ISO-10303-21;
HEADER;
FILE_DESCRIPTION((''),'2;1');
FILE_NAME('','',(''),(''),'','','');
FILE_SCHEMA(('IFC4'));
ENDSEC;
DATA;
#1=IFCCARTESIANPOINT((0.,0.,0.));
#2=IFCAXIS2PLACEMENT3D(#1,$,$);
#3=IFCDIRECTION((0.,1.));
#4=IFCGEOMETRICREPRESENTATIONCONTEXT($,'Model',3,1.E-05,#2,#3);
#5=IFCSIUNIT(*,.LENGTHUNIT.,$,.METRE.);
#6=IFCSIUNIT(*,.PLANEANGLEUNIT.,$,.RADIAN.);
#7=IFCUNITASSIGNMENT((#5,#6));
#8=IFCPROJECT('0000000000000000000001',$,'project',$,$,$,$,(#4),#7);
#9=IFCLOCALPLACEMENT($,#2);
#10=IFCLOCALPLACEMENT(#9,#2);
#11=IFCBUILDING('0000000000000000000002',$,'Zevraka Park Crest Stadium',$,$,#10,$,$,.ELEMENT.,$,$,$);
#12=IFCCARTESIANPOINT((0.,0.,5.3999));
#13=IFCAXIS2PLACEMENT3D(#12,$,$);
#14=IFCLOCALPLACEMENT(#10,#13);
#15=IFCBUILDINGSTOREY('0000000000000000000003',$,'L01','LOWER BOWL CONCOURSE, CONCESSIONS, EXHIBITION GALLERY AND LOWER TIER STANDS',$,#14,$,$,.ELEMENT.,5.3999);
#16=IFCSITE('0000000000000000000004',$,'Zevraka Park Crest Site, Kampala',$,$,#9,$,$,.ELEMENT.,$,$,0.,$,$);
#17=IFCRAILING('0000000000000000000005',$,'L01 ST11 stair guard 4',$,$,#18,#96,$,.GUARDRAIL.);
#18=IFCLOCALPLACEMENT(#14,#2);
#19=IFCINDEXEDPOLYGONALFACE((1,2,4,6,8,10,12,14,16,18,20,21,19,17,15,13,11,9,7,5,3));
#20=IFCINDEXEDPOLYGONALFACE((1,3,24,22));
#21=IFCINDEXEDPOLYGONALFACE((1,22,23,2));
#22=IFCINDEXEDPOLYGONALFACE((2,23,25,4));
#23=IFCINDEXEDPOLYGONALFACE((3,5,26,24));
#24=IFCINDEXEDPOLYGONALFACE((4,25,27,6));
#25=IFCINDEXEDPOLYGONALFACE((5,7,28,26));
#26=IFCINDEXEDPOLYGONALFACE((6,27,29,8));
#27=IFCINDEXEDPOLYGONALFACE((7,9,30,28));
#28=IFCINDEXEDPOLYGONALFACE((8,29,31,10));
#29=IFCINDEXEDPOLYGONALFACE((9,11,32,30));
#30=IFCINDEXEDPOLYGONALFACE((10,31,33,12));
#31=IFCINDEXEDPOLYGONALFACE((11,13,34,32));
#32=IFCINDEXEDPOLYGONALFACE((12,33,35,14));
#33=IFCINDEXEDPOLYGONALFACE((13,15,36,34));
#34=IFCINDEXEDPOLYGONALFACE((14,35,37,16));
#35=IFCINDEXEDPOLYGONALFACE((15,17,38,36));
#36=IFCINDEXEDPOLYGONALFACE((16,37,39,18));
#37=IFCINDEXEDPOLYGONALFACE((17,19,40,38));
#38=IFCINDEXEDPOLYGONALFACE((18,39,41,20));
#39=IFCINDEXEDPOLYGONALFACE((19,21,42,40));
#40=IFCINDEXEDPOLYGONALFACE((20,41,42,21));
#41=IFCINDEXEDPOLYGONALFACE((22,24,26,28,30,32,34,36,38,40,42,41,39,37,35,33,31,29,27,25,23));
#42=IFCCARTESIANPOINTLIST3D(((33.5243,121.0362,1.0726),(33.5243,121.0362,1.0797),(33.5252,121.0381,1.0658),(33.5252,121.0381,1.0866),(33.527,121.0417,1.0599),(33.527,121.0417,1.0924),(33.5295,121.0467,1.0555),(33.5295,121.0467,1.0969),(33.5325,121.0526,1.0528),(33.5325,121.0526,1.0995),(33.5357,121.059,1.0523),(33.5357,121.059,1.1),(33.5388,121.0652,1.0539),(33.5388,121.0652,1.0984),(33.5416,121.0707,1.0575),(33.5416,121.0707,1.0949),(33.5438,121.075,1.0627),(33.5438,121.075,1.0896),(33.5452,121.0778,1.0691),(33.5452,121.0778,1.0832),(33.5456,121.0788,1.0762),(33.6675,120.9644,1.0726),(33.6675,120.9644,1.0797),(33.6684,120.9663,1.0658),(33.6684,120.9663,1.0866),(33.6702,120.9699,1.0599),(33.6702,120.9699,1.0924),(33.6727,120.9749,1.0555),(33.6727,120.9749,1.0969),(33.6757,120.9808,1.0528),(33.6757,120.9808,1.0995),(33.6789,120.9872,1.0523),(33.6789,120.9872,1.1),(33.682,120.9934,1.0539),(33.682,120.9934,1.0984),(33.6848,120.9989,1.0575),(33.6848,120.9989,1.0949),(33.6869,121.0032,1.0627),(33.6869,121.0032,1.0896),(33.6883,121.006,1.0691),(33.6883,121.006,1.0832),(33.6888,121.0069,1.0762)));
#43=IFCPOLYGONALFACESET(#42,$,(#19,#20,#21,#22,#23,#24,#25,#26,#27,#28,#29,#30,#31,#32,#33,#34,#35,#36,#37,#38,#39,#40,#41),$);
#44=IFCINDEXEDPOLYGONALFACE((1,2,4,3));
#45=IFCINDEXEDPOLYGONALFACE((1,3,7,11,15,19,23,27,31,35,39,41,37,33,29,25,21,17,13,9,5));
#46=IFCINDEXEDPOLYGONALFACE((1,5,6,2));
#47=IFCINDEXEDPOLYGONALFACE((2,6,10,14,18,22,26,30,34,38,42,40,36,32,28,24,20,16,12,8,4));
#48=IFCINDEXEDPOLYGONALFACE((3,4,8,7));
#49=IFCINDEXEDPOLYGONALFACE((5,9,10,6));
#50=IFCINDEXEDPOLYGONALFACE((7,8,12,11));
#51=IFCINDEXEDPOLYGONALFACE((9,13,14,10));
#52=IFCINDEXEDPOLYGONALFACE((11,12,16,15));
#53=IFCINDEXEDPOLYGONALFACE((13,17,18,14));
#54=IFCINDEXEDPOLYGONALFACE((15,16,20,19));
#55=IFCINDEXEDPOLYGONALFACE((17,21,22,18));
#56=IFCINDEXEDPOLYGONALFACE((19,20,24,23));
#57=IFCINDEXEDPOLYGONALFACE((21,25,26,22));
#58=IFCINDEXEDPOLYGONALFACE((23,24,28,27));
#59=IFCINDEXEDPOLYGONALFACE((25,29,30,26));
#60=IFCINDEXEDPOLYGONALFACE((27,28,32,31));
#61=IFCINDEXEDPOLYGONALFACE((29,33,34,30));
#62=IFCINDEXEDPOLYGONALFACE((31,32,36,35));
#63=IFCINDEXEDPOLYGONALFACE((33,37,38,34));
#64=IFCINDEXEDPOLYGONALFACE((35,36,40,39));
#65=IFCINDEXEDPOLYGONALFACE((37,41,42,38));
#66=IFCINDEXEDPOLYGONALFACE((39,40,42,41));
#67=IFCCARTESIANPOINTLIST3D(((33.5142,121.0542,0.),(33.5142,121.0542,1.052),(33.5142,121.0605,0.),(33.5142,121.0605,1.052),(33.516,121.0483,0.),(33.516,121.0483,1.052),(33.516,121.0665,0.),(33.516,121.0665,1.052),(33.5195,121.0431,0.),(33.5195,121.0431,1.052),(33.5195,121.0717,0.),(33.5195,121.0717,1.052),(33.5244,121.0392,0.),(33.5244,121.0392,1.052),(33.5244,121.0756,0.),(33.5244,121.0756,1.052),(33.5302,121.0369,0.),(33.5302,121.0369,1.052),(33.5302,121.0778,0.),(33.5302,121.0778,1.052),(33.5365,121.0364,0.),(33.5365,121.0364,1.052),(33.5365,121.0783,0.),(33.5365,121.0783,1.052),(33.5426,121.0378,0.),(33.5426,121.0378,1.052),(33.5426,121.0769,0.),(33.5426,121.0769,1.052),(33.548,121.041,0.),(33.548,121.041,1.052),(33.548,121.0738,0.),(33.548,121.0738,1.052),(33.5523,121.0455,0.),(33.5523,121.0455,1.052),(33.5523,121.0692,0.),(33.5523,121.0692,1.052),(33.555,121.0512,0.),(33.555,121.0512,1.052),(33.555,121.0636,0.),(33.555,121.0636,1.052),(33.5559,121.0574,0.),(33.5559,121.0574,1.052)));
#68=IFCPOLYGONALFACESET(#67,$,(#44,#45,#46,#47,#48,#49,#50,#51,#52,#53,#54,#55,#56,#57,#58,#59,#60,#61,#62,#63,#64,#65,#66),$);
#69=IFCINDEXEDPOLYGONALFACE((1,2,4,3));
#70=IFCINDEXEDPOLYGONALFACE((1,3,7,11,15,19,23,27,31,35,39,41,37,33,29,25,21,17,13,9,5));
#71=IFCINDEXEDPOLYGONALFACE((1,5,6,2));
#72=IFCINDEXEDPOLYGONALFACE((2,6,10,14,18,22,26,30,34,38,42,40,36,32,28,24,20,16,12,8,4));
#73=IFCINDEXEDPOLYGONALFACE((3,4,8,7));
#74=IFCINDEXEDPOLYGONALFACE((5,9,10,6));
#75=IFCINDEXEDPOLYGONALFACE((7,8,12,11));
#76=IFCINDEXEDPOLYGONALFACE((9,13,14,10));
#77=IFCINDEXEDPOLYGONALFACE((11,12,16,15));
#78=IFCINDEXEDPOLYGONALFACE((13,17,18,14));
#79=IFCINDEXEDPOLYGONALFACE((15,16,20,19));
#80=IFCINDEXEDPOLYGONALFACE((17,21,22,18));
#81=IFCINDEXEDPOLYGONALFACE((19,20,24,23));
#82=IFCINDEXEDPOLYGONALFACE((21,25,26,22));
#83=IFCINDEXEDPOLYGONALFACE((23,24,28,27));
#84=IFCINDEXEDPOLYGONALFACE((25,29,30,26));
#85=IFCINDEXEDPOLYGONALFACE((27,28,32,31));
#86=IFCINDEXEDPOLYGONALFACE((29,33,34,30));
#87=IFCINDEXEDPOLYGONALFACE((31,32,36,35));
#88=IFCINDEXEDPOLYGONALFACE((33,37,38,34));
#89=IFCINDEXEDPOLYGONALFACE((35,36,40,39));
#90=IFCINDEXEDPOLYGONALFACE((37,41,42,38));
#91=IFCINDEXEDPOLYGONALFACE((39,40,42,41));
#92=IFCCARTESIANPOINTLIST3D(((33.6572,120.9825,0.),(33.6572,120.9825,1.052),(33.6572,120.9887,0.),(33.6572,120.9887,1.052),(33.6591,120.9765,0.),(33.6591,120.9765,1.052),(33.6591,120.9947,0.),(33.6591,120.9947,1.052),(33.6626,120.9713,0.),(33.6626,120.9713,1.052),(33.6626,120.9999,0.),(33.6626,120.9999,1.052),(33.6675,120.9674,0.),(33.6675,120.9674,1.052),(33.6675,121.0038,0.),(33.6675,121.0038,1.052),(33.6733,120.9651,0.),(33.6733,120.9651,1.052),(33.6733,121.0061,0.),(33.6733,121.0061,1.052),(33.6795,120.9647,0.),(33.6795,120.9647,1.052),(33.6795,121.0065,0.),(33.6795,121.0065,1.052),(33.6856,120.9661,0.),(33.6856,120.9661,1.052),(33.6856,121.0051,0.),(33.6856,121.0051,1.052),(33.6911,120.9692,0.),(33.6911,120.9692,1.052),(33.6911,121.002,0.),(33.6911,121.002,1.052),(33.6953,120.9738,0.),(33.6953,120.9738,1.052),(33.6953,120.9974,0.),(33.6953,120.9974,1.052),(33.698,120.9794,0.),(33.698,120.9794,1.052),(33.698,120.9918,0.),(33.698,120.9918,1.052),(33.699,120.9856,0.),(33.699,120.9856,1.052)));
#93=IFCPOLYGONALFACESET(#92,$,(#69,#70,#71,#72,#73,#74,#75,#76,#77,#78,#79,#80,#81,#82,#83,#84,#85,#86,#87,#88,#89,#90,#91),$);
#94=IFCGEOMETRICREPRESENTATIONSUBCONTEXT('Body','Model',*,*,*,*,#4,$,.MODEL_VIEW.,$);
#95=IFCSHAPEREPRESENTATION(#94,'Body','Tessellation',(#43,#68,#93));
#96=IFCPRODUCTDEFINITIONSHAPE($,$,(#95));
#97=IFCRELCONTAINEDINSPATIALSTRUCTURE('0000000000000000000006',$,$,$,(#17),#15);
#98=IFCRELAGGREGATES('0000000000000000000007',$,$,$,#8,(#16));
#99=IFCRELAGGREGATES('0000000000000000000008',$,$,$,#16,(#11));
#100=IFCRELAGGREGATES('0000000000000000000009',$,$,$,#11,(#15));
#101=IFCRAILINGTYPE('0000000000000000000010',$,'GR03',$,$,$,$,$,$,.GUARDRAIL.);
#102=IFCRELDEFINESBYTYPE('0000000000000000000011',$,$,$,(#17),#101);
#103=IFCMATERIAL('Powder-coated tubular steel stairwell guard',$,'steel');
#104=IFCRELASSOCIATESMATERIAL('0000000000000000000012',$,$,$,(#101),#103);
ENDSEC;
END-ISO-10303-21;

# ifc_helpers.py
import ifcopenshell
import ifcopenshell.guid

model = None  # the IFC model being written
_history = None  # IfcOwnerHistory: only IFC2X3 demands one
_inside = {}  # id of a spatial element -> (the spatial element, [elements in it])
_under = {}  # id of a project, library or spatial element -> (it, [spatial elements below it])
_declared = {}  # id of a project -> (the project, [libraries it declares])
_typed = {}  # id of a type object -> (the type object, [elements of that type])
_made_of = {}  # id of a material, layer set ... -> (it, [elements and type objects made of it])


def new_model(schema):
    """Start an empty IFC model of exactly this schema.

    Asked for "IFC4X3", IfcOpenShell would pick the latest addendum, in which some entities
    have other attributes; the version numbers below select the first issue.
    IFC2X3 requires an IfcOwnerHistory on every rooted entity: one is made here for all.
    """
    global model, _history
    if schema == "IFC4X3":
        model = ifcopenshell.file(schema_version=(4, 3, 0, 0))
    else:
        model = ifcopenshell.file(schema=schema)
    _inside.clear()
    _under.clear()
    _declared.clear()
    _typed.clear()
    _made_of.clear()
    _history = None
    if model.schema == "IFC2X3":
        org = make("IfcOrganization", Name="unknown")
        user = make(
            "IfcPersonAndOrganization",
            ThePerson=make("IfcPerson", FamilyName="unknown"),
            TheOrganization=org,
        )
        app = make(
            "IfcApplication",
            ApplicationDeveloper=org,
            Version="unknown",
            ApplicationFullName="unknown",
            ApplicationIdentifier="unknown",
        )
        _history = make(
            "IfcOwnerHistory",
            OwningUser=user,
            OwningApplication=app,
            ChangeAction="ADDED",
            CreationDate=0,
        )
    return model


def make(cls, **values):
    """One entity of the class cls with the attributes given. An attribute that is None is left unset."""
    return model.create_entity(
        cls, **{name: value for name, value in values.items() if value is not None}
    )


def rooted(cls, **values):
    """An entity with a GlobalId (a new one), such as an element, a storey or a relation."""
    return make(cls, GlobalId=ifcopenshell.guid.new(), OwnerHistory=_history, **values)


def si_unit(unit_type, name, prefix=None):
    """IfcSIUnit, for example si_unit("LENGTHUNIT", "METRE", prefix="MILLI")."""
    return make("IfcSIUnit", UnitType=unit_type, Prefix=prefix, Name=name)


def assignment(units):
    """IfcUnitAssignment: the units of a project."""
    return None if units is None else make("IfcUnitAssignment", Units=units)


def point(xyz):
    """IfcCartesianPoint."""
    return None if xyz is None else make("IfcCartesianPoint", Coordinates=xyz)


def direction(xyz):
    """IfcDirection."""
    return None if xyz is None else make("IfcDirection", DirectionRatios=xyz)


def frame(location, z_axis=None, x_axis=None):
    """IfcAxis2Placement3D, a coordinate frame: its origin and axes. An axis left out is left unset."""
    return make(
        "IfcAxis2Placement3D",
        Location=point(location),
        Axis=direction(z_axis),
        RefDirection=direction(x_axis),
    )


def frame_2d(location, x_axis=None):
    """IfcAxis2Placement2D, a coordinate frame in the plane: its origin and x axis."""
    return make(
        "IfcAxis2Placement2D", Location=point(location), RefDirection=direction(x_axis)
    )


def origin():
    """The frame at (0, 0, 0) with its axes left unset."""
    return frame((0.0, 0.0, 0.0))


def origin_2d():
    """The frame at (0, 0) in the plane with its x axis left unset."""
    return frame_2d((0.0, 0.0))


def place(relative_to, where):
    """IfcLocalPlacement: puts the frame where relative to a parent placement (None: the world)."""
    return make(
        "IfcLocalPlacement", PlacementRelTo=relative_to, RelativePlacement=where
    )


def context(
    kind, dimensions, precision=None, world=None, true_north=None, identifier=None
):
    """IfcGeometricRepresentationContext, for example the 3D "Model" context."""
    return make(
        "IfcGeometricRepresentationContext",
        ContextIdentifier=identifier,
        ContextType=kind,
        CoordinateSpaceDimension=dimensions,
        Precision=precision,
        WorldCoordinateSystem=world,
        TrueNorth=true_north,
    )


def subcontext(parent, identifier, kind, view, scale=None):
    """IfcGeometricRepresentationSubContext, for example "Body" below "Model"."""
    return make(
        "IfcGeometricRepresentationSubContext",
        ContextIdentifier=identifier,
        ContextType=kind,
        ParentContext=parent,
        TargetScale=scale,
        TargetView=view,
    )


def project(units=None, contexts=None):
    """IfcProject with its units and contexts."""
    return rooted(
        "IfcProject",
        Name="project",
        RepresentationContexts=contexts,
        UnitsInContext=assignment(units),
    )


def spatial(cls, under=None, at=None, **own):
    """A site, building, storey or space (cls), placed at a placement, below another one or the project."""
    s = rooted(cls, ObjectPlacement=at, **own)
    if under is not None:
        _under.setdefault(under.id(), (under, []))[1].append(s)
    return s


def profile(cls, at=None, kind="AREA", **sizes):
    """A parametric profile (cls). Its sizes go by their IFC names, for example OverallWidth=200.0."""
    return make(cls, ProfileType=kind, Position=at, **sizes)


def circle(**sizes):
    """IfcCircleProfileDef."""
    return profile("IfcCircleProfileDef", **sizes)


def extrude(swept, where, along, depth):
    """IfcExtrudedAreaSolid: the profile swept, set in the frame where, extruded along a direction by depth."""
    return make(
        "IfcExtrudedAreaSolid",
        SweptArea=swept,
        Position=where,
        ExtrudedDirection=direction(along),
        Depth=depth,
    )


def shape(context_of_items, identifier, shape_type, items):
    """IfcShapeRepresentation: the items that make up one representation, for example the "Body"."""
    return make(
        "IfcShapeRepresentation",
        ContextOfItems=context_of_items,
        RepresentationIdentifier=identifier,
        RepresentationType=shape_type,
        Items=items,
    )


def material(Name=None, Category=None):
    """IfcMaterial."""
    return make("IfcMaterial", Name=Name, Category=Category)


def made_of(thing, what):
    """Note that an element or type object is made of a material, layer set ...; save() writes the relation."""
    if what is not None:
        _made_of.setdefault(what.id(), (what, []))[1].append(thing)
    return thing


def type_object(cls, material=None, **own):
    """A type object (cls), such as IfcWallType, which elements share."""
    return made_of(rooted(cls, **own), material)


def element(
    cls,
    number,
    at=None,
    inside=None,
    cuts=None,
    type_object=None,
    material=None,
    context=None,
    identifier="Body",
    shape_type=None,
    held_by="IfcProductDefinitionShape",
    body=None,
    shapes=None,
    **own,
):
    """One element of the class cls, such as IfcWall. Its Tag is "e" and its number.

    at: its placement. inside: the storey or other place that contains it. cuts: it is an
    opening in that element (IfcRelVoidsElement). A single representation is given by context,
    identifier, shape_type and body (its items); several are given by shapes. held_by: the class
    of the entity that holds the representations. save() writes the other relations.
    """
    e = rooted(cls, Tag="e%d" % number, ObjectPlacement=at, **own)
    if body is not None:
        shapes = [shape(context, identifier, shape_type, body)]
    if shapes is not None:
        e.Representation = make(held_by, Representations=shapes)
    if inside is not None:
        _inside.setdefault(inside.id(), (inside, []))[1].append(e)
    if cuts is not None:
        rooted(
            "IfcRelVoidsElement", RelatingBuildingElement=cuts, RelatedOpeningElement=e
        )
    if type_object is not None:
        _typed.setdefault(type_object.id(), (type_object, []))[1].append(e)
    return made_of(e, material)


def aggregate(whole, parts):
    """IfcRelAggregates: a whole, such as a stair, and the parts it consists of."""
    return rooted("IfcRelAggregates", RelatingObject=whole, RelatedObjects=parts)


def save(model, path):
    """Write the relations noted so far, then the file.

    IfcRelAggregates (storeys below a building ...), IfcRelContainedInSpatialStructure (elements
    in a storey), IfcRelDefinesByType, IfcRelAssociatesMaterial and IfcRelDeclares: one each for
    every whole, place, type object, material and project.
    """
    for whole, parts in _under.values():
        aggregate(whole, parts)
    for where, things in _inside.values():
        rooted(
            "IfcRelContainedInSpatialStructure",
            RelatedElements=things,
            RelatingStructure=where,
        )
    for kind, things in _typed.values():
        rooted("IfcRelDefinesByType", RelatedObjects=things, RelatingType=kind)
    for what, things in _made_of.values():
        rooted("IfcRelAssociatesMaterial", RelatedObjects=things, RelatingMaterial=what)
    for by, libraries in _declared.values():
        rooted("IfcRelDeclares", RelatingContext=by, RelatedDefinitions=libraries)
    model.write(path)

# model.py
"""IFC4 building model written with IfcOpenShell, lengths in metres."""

from ifc_helpers import new_model, si_unit, direction, frame, origin, origin_2d, place, context, subcontext, project, spatial, circle, extrude, material, type_object, element, save


model = new_model("IFC4")

# Units and contexts
model_context = context("Model", 3, precision=1e-05, world=origin(), true_north=direction((0.0, 1.0)))
body_context = subcontext(model_context, "Body", "Model", "MODEL_VIEW")
ifc_project = project(units=[si_unit("LENGTHUNIT", "METRE"), si_unit("PLANEANGLEUNIT", "RADIAN")], contexts=[model_context])

# Site, building, storey
site_placement = place(None, origin())
site = spatial("IfcSite", under=ifc_project, at=site_placement, Name="Zevraka Park Crest Site, Kampala", CompositionType="ELEMENT", RefElevation=0.0)
building_placement = place(site_placement, origin())
building = spatial("IfcBuilding", under=site, at=building_placement, Name="Zevraka Park Crest Stadium", CompositionType="ELEMENT")
storey_placement = place(building_placement, frame((0.0, 0.0, 5.3999)))
storey = spatial("IfcBuildingStorey", under=building, at=storey_placement, Name="L01", Description="LOWER BOWL CONCOURSE, CONCESSIONS, EXHIBITION GALLERY AND LOWER TIER STANDS", CompositionType="ELEMENT", Elevation=5.3999)

# Railing
ifc_material_1 = material(Name="Powder-coated tubular steel stairwell guard", Category="steel")
railing_type_1 = type_object("IfcRailingType", Name="GR03", PredefinedType="GUARDRAIL", material=ifc_material_1)
railing_1_placement = place(storey_placement, frame((33.5349, 121.0574, 0.0)))
element("IfcRailing", 1, at=railing_1_placement, inside=storey, type_object=railing_type_1, Name="L01 ST11 stair guard 4", PredefinedType="GUARDRAIL", context=body_context, shape_type="SweptSolid", body=[
    extrude(circle(Radius=0.0239, at=origin_2d()), frame((0.0, 0.0, 1.0762), z_axis=(0.893816, -0.448433, 0.0), x_axis=(0.448433, 0.893816, 0.0)), (0.0, 0.0, 1.0), 0.1602),
    extrude(circle(Radius=0.021, at=origin_2d()), origin(), (0.0, 0.0, 1.0), 1.052),
    extrude(circle(Radius=0.021, at=origin_2d()), frame((0.1431, -0.0718, 0.0)), (0.0, 0.0, 1.0), 1.052),
])

save(model, "model.ifc")
